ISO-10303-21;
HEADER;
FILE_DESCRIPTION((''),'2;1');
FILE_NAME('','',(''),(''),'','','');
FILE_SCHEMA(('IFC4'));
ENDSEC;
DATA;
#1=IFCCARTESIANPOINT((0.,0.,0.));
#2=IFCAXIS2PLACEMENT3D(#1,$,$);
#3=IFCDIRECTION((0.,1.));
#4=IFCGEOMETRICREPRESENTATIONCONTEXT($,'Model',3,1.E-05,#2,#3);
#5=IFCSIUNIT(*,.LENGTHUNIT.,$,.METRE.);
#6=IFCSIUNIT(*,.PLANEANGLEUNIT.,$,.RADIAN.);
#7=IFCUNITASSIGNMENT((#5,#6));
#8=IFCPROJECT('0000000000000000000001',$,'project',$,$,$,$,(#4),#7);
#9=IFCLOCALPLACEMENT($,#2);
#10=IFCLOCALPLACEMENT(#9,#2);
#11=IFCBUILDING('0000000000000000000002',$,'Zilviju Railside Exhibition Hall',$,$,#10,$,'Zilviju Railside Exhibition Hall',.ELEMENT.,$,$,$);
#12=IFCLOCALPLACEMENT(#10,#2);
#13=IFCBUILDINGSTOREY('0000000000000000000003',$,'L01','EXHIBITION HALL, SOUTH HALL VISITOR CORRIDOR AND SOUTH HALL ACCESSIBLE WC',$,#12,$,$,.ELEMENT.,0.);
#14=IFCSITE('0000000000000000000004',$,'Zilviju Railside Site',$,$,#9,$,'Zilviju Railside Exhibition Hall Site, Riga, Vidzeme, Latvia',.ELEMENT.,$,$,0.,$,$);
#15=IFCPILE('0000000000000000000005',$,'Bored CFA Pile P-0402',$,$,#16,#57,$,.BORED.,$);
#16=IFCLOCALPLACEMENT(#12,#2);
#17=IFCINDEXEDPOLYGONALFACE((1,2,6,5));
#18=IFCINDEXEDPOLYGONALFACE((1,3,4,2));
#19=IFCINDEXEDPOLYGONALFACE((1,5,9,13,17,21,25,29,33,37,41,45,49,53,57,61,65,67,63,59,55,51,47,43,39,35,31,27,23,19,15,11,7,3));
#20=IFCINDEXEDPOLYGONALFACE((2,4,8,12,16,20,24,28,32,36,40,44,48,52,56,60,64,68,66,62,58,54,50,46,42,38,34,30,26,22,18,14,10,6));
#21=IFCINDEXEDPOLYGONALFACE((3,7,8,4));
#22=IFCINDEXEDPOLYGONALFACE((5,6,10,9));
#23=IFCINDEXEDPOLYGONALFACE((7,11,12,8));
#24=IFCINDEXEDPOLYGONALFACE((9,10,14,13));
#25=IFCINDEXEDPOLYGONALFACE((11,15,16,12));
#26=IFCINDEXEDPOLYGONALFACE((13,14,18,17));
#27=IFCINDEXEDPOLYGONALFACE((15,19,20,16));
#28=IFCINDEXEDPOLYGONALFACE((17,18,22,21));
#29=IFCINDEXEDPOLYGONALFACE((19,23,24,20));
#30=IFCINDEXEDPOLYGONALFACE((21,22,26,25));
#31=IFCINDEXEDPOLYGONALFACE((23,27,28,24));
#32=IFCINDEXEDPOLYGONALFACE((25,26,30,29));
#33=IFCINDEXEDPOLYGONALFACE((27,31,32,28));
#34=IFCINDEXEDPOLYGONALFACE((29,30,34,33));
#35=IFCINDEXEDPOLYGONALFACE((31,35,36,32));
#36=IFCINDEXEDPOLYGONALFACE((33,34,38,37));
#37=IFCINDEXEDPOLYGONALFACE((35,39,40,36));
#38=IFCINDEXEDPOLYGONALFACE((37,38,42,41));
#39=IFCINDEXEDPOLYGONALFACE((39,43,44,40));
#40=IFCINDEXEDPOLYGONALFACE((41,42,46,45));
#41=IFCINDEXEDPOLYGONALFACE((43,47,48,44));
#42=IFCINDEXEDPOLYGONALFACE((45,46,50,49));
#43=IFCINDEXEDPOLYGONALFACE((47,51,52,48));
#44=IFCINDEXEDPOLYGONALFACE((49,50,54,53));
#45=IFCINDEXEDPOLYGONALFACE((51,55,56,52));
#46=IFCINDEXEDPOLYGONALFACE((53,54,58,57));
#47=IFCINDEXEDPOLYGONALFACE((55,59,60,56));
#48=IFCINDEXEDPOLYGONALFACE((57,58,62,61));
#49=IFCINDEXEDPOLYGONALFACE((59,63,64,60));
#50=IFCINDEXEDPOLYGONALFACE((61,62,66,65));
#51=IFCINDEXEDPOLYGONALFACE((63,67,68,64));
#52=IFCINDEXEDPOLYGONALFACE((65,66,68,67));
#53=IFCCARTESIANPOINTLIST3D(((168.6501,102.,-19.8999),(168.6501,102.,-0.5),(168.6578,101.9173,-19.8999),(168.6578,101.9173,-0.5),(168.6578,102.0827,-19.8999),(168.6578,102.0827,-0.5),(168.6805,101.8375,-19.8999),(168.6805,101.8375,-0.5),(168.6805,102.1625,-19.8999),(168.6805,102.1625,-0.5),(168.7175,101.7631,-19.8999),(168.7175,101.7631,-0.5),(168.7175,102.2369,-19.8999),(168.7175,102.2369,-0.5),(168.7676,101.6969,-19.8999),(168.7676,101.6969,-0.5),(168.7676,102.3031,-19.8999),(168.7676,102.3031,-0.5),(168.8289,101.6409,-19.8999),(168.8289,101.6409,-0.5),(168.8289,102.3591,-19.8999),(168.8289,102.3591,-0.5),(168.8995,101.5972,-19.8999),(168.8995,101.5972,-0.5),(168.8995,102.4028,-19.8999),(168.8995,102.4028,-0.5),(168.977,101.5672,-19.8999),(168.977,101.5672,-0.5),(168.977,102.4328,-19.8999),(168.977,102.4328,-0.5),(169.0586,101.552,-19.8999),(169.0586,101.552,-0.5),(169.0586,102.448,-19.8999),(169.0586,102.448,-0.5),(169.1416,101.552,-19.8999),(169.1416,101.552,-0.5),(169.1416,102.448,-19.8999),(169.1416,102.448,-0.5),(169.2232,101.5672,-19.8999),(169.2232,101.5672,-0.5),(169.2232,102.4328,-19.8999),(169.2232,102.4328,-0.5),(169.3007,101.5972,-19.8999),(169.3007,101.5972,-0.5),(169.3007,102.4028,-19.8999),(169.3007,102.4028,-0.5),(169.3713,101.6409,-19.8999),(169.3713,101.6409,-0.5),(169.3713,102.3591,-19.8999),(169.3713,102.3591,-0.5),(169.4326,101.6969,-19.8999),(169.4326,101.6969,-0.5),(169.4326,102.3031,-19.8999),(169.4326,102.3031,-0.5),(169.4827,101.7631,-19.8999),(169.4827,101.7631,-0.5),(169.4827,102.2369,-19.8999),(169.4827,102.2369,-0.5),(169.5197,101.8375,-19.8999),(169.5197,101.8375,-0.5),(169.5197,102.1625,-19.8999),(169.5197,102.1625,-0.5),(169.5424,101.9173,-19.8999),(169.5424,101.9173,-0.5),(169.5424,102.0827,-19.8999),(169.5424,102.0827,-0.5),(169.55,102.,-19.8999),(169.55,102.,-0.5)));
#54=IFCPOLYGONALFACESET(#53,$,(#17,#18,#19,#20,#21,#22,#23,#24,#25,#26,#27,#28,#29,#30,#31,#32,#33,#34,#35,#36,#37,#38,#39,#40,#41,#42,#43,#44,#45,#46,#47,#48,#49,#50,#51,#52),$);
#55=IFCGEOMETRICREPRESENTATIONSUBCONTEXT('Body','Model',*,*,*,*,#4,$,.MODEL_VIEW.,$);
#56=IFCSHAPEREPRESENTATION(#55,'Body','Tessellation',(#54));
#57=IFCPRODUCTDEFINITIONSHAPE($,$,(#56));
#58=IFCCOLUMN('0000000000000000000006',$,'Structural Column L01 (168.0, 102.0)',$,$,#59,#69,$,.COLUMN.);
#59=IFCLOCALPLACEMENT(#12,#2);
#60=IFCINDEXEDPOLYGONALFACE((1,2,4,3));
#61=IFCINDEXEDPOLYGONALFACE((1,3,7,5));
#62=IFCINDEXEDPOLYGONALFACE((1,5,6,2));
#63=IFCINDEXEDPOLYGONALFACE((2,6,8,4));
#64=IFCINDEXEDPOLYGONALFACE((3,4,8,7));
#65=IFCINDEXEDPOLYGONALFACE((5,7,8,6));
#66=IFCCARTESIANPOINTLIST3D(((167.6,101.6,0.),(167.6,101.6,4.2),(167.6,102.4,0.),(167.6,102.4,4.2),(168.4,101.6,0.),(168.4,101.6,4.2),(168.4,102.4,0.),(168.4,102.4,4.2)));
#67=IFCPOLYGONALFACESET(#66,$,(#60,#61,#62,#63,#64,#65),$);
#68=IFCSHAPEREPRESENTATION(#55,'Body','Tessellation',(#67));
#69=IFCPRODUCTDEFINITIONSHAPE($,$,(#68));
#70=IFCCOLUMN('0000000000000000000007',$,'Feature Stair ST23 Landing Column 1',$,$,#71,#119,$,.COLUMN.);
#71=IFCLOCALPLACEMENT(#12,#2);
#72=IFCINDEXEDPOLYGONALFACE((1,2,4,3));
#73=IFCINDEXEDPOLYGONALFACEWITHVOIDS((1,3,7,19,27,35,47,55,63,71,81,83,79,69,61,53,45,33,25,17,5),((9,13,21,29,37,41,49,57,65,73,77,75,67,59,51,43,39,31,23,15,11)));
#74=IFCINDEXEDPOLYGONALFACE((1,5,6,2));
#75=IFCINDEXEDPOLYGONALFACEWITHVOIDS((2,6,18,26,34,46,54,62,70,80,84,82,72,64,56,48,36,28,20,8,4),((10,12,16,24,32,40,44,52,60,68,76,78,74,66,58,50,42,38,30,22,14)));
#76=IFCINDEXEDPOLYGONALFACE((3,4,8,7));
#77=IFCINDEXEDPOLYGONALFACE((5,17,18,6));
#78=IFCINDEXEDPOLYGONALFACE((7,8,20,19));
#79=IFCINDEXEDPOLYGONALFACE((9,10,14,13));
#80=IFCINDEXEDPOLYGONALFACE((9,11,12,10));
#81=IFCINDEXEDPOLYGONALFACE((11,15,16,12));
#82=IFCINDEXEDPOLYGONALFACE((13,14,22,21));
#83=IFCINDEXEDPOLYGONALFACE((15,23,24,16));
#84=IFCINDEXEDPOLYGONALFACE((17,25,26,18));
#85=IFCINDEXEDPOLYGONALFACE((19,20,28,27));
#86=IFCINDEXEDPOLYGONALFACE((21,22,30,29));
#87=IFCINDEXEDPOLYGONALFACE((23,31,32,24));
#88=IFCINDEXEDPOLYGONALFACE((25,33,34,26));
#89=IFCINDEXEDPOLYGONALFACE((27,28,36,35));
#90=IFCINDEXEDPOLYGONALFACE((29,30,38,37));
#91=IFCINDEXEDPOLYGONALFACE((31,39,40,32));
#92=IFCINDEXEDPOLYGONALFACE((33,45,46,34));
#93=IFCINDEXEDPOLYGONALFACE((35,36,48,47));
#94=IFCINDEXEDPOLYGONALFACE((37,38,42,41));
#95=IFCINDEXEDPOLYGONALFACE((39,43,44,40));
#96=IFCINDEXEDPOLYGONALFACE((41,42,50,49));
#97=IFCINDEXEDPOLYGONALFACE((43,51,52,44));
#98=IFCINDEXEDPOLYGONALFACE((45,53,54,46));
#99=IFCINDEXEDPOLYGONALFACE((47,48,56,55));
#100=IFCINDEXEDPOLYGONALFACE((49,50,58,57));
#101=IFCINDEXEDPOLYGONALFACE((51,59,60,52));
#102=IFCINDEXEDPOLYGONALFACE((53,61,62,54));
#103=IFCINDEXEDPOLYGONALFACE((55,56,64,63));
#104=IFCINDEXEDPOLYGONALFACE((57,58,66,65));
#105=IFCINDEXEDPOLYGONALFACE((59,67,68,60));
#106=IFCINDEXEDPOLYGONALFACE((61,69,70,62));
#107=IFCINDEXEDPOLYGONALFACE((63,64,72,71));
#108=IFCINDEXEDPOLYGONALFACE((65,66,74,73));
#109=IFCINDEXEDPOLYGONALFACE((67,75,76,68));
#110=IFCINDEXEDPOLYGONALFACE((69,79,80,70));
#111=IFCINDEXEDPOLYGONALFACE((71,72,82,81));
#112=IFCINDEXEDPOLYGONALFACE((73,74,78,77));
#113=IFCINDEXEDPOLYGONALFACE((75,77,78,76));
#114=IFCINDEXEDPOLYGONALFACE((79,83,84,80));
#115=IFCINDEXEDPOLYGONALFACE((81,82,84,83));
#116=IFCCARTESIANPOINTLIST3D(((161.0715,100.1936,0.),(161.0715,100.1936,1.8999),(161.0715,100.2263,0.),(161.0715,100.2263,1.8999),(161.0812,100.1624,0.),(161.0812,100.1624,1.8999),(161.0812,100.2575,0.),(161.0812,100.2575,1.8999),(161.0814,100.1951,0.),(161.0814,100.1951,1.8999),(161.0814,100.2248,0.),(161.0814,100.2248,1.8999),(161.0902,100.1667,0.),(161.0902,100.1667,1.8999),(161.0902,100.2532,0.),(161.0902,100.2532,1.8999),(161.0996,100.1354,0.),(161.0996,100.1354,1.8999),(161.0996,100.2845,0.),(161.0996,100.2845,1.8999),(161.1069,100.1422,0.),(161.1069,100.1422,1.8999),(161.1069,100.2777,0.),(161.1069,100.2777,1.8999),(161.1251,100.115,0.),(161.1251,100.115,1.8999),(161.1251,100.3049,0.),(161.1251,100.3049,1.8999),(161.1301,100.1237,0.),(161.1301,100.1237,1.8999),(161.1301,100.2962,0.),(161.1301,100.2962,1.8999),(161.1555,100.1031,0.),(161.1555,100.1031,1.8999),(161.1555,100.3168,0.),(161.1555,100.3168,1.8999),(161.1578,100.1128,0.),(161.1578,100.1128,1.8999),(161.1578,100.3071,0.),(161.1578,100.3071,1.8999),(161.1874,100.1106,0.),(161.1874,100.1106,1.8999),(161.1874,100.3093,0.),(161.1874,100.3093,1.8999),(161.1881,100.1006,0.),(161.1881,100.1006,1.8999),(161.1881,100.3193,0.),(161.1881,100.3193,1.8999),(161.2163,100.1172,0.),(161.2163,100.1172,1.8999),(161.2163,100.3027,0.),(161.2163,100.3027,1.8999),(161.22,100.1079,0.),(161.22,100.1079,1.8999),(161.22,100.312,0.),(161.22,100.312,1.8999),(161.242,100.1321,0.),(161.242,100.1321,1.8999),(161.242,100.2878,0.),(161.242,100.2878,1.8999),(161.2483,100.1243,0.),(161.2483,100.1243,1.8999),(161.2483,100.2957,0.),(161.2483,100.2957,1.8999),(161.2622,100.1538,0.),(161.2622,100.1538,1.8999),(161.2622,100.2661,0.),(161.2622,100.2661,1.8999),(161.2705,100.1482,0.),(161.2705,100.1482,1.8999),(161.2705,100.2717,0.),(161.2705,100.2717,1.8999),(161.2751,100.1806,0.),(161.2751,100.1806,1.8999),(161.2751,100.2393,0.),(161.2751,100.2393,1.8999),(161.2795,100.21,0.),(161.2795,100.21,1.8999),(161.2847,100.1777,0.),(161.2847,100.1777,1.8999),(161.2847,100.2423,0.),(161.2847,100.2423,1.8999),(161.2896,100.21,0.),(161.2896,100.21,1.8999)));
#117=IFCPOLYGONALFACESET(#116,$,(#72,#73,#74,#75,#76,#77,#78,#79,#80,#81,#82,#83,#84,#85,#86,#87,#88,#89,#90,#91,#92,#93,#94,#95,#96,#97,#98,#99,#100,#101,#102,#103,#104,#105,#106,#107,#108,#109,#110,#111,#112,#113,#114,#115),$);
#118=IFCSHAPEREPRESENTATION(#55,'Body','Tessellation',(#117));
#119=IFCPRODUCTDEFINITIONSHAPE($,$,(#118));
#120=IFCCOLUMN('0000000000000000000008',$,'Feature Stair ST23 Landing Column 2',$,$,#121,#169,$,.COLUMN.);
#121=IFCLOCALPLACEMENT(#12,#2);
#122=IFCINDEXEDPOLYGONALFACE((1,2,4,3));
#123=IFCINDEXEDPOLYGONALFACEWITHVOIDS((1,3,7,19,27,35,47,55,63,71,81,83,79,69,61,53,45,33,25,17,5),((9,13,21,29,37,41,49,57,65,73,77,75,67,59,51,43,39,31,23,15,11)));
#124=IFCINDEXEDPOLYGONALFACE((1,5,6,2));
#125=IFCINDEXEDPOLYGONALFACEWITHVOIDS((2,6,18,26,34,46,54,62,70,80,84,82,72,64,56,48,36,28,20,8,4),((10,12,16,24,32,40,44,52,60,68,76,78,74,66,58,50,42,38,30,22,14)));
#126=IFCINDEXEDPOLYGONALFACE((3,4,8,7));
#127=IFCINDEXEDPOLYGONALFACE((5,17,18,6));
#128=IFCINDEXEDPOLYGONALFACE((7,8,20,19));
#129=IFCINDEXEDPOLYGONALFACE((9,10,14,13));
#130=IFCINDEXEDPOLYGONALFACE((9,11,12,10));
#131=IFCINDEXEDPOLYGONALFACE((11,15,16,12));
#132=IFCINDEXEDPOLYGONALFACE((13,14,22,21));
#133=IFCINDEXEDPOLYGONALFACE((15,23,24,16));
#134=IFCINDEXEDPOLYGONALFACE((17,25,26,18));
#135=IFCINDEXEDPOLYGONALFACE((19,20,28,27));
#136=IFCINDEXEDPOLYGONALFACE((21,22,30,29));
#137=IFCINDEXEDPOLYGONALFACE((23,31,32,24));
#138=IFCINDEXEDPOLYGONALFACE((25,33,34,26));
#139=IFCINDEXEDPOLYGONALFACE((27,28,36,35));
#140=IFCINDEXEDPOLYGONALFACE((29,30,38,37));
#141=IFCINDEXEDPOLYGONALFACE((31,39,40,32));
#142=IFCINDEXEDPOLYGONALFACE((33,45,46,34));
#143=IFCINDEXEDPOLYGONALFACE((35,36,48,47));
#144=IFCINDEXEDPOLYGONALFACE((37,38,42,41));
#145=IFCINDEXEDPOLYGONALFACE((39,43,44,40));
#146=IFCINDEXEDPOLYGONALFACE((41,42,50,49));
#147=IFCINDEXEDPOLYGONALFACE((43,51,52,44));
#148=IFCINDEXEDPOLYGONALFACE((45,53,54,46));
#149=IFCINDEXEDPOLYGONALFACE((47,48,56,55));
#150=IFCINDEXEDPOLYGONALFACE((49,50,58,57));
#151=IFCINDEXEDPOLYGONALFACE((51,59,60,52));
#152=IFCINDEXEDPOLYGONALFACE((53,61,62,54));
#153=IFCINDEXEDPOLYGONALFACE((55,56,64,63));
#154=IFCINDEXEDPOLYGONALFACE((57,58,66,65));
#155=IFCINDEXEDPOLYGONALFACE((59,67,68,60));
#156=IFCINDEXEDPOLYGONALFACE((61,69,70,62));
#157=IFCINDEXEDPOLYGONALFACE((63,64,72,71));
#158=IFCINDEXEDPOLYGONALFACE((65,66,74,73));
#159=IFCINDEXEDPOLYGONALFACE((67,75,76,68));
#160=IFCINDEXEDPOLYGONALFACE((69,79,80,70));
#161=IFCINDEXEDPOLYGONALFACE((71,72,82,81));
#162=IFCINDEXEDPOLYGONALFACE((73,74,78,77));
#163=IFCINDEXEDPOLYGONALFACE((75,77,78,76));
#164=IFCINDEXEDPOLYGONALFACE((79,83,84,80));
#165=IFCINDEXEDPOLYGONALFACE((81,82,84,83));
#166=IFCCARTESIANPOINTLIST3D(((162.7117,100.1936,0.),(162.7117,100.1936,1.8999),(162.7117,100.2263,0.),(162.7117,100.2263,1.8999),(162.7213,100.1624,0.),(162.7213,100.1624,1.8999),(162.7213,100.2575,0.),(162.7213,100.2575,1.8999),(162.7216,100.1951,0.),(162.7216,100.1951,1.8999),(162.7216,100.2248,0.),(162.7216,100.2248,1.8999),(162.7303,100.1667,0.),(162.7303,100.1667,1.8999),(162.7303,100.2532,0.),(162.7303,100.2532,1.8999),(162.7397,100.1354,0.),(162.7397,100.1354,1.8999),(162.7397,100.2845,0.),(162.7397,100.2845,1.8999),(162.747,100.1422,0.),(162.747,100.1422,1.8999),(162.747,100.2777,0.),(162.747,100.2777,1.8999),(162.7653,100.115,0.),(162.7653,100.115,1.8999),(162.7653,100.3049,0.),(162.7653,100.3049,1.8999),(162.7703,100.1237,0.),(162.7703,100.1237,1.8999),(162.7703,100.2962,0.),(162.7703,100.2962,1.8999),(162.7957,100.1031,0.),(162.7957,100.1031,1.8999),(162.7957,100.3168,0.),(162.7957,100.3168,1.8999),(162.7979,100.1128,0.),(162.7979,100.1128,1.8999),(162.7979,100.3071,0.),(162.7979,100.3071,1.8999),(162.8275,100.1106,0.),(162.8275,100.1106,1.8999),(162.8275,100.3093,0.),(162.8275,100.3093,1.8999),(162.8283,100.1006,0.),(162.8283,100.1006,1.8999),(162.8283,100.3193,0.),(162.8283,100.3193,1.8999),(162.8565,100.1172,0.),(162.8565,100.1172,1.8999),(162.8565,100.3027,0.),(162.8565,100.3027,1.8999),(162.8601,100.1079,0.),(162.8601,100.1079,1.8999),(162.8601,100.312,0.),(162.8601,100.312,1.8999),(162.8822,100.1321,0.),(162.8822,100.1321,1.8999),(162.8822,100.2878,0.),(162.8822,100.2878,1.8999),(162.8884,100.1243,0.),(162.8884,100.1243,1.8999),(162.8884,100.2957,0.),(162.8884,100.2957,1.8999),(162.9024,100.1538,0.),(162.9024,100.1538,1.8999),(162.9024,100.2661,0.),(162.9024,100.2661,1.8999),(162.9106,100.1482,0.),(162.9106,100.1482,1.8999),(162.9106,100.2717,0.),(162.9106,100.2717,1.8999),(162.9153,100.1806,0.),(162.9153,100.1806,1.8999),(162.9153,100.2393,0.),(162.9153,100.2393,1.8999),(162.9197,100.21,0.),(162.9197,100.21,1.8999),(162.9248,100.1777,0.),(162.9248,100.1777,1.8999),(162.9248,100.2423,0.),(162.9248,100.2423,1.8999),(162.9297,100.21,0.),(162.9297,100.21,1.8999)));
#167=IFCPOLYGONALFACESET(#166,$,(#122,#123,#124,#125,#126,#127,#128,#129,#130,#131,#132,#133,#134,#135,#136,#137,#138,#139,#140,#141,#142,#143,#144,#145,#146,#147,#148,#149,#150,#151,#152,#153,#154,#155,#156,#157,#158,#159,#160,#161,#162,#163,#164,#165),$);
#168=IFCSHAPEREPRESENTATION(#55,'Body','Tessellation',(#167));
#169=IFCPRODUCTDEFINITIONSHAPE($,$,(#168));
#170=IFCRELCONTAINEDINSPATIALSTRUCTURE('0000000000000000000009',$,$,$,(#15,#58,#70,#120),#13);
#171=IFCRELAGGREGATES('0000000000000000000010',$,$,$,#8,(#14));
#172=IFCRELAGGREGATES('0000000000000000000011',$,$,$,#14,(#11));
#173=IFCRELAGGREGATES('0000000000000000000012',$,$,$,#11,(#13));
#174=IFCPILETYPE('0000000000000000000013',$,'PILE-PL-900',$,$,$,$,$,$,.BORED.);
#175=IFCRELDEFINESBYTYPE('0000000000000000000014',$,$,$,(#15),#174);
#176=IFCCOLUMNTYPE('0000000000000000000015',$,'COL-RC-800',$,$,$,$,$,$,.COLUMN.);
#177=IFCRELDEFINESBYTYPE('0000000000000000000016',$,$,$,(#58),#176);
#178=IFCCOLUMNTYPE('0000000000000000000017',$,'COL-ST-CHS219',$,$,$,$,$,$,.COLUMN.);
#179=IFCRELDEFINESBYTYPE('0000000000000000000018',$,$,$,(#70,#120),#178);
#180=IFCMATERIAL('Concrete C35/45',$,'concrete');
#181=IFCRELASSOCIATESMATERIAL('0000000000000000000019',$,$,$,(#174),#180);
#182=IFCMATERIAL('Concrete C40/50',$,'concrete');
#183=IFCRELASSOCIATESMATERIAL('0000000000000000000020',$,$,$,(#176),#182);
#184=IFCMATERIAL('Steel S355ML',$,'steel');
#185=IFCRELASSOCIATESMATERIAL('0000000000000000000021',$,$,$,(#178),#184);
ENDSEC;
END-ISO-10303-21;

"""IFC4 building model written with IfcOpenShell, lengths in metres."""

from ifc_helpers import new_model, si_unit, direction, frame, origin, origin_2d, place, context, subcontext, project, spatial, rectangle, circle, hollow_circle, extrude, material, material_profile, profile_set, type_object, element, save


model = new_model("IFC4")

# Units and contexts
model_context = context("Model", 3, precision=1e-05, world=origin(), true_north=direction((0.0, 1.0)))
body_context = subcontext(model_context, "Body", "Model", "MODEL_VIEW")
ifc_project = project(units=[si_unit("LENGTHUNIT", "METRE"), si_unit("PLANEANGLEUNIT", "RADIAN")], contexts=[model_context])

# Site, building, storey
site_placement = place(None, origin())
site = spatial("IfcSite", under=ifc_project, at=site_placement, Name="Zilviju Railside Site", LongName="Zilviju Railside Exhibition Hall Site, Riga, Vidzeme, Latvia", CompositionType="ELEMENT", RefElevation=0.0)
building_placement = place(site_placement, origin())
building = spatial("IfcBuilding", under=site, at=building_placement, Name="Zilviju Railside Exhibition Hall", LongName="Zilviju Railside Exhibition Hall", CompositionType="ELEMENT")
storey_placement = place(building_placement, origin())
storey = spatial("IfcBuildingStorey", under=building, at=storey_placement, Name="L01", Description="EXHIBITION HALL, SOUTH HALL VISITOR CORRIDOR AND SOUTH HALL ACCESSIBLE WC", CompositionType="ELEMENT", Elevation=0.0)

# Shared definitions
ifc_material_1 = material(Name="Concrete C35/45", Category="concrete")

# Pile
ifc_material_profile_1 = material_profile(ifc_material_1, circle(Radius=0.45, at=origin_2d()), Name="CFA PILE D900")
ifc_profile_set_1 = profile_set([ifc_material_profile_1], Name="Concrete C35/45")
pile_type_1 = type_object("IfcPileType", Name="PILE-PL-900", PredefinedType="BORED", material=ifc_profile_set_1)
for number, where, z_axis, x_axis, name in (
    (1, (169.1001, 102.0, -0.5), (0.0, 0.0, -1.0), (1.0, 0.0, 0.0), "Bored CFA Pile P-0402"),
):
    element("IfcPile", number, at=place(storey_placement, frame(where, z_axis=z_axis, x_axis=x_axis)), inside=storey, type_object=pile_type_1, Name=name, PredefinedType="BORED", context=body_context, shape_type="SweptSolid", body=[
        extrude(circle(Radius=0.45, at=origin_2d()), origin(), (0.0, 0.0, 1.0), 19.3999),
    ])

# Columns
ifc_material_2 = material(Name="Concrete C40/50", Category="concrete")
ifc_material_profile_2 = material_profile(ifc_material_2, rectangle(XDim=0.8, YDim=0.8, at=origin_2d()), Name="RC COL 800x800")
ifc_profile_set_2 = profile_set([ifc_material_profile_2], Name="Concrete C40/50")
column_type_1 = type_object("IfcColumnType", Name="COL-RC-800", PredefinedType="COLUMN", material=ifc_profile_set_2)
column_placement = place(storey_placement, frame((168.0, 102.0, 0.0), z_axis=(0.0, 0.0, 1.0), x_axis=(1.0, 0.0, 0.0)))
element("IfcColumn", 2, at=column_placement, inside=storey, type_object=column_type_1, Name="Structural Column L01 (168.0, 102.0)", PredefinedType="COLUMN", context=body_context, shape_type="SweptSolid", body=[
    extrude(rectangle(XDim=0.8, YDim=0.8, at=origin_2d()), origin(), (0.0, 0.0, 1.0), 4.2),
])
ifc_material_3 = material(Name="Steel S355ML", Category="steel")
ifc_material_profile_3 = material_profile(ifc_material_3, hollow_circle(Radius=0.1096, WallThickness=0.01, at=origin_2d()), Name="CHS 219.1x10.0")
ifc_profile_set_3 = profile_set([ifc_material_profile_3], Name="Steel S355ML")
column_type_2 = type_object("IfcColumnType", Name="COL-ST-CHS219", PredefinedType="COLUMN", material=ifc_profile_set_3)
for number, where, z_axis, x_axis, name in (
    (3, (161.1799, 100.21, 0.0), (0.0, 0.0, 1.0), (1.0, 0.0, 0.0), "Feature Stair ST23 Landing Column 1"),
    (4, (162.8201, 100.21, 0.0), (0.0, 0.0, 1.0), (1.0, 0.0, 0.0), "Feature Stair ST23 Landing Column 2"),
):
    element("IfcColumn", number, at=place(storey_placement, frame(where, z_axis=z_axis, x_axis=x_axis)), inside=storey, type_object=column_type_2, Name=name, PredefinedType="COLUMN", context=body_context, shape_type="SweptSolid", body=[
        extrude(hollow_circle(Radius=0.1096, WallThickness=0.01, at=origin_2d()), origin(), (0.0, 0.0, 1.0), 1.8999),
    ])

save(model, "model.ifc")
